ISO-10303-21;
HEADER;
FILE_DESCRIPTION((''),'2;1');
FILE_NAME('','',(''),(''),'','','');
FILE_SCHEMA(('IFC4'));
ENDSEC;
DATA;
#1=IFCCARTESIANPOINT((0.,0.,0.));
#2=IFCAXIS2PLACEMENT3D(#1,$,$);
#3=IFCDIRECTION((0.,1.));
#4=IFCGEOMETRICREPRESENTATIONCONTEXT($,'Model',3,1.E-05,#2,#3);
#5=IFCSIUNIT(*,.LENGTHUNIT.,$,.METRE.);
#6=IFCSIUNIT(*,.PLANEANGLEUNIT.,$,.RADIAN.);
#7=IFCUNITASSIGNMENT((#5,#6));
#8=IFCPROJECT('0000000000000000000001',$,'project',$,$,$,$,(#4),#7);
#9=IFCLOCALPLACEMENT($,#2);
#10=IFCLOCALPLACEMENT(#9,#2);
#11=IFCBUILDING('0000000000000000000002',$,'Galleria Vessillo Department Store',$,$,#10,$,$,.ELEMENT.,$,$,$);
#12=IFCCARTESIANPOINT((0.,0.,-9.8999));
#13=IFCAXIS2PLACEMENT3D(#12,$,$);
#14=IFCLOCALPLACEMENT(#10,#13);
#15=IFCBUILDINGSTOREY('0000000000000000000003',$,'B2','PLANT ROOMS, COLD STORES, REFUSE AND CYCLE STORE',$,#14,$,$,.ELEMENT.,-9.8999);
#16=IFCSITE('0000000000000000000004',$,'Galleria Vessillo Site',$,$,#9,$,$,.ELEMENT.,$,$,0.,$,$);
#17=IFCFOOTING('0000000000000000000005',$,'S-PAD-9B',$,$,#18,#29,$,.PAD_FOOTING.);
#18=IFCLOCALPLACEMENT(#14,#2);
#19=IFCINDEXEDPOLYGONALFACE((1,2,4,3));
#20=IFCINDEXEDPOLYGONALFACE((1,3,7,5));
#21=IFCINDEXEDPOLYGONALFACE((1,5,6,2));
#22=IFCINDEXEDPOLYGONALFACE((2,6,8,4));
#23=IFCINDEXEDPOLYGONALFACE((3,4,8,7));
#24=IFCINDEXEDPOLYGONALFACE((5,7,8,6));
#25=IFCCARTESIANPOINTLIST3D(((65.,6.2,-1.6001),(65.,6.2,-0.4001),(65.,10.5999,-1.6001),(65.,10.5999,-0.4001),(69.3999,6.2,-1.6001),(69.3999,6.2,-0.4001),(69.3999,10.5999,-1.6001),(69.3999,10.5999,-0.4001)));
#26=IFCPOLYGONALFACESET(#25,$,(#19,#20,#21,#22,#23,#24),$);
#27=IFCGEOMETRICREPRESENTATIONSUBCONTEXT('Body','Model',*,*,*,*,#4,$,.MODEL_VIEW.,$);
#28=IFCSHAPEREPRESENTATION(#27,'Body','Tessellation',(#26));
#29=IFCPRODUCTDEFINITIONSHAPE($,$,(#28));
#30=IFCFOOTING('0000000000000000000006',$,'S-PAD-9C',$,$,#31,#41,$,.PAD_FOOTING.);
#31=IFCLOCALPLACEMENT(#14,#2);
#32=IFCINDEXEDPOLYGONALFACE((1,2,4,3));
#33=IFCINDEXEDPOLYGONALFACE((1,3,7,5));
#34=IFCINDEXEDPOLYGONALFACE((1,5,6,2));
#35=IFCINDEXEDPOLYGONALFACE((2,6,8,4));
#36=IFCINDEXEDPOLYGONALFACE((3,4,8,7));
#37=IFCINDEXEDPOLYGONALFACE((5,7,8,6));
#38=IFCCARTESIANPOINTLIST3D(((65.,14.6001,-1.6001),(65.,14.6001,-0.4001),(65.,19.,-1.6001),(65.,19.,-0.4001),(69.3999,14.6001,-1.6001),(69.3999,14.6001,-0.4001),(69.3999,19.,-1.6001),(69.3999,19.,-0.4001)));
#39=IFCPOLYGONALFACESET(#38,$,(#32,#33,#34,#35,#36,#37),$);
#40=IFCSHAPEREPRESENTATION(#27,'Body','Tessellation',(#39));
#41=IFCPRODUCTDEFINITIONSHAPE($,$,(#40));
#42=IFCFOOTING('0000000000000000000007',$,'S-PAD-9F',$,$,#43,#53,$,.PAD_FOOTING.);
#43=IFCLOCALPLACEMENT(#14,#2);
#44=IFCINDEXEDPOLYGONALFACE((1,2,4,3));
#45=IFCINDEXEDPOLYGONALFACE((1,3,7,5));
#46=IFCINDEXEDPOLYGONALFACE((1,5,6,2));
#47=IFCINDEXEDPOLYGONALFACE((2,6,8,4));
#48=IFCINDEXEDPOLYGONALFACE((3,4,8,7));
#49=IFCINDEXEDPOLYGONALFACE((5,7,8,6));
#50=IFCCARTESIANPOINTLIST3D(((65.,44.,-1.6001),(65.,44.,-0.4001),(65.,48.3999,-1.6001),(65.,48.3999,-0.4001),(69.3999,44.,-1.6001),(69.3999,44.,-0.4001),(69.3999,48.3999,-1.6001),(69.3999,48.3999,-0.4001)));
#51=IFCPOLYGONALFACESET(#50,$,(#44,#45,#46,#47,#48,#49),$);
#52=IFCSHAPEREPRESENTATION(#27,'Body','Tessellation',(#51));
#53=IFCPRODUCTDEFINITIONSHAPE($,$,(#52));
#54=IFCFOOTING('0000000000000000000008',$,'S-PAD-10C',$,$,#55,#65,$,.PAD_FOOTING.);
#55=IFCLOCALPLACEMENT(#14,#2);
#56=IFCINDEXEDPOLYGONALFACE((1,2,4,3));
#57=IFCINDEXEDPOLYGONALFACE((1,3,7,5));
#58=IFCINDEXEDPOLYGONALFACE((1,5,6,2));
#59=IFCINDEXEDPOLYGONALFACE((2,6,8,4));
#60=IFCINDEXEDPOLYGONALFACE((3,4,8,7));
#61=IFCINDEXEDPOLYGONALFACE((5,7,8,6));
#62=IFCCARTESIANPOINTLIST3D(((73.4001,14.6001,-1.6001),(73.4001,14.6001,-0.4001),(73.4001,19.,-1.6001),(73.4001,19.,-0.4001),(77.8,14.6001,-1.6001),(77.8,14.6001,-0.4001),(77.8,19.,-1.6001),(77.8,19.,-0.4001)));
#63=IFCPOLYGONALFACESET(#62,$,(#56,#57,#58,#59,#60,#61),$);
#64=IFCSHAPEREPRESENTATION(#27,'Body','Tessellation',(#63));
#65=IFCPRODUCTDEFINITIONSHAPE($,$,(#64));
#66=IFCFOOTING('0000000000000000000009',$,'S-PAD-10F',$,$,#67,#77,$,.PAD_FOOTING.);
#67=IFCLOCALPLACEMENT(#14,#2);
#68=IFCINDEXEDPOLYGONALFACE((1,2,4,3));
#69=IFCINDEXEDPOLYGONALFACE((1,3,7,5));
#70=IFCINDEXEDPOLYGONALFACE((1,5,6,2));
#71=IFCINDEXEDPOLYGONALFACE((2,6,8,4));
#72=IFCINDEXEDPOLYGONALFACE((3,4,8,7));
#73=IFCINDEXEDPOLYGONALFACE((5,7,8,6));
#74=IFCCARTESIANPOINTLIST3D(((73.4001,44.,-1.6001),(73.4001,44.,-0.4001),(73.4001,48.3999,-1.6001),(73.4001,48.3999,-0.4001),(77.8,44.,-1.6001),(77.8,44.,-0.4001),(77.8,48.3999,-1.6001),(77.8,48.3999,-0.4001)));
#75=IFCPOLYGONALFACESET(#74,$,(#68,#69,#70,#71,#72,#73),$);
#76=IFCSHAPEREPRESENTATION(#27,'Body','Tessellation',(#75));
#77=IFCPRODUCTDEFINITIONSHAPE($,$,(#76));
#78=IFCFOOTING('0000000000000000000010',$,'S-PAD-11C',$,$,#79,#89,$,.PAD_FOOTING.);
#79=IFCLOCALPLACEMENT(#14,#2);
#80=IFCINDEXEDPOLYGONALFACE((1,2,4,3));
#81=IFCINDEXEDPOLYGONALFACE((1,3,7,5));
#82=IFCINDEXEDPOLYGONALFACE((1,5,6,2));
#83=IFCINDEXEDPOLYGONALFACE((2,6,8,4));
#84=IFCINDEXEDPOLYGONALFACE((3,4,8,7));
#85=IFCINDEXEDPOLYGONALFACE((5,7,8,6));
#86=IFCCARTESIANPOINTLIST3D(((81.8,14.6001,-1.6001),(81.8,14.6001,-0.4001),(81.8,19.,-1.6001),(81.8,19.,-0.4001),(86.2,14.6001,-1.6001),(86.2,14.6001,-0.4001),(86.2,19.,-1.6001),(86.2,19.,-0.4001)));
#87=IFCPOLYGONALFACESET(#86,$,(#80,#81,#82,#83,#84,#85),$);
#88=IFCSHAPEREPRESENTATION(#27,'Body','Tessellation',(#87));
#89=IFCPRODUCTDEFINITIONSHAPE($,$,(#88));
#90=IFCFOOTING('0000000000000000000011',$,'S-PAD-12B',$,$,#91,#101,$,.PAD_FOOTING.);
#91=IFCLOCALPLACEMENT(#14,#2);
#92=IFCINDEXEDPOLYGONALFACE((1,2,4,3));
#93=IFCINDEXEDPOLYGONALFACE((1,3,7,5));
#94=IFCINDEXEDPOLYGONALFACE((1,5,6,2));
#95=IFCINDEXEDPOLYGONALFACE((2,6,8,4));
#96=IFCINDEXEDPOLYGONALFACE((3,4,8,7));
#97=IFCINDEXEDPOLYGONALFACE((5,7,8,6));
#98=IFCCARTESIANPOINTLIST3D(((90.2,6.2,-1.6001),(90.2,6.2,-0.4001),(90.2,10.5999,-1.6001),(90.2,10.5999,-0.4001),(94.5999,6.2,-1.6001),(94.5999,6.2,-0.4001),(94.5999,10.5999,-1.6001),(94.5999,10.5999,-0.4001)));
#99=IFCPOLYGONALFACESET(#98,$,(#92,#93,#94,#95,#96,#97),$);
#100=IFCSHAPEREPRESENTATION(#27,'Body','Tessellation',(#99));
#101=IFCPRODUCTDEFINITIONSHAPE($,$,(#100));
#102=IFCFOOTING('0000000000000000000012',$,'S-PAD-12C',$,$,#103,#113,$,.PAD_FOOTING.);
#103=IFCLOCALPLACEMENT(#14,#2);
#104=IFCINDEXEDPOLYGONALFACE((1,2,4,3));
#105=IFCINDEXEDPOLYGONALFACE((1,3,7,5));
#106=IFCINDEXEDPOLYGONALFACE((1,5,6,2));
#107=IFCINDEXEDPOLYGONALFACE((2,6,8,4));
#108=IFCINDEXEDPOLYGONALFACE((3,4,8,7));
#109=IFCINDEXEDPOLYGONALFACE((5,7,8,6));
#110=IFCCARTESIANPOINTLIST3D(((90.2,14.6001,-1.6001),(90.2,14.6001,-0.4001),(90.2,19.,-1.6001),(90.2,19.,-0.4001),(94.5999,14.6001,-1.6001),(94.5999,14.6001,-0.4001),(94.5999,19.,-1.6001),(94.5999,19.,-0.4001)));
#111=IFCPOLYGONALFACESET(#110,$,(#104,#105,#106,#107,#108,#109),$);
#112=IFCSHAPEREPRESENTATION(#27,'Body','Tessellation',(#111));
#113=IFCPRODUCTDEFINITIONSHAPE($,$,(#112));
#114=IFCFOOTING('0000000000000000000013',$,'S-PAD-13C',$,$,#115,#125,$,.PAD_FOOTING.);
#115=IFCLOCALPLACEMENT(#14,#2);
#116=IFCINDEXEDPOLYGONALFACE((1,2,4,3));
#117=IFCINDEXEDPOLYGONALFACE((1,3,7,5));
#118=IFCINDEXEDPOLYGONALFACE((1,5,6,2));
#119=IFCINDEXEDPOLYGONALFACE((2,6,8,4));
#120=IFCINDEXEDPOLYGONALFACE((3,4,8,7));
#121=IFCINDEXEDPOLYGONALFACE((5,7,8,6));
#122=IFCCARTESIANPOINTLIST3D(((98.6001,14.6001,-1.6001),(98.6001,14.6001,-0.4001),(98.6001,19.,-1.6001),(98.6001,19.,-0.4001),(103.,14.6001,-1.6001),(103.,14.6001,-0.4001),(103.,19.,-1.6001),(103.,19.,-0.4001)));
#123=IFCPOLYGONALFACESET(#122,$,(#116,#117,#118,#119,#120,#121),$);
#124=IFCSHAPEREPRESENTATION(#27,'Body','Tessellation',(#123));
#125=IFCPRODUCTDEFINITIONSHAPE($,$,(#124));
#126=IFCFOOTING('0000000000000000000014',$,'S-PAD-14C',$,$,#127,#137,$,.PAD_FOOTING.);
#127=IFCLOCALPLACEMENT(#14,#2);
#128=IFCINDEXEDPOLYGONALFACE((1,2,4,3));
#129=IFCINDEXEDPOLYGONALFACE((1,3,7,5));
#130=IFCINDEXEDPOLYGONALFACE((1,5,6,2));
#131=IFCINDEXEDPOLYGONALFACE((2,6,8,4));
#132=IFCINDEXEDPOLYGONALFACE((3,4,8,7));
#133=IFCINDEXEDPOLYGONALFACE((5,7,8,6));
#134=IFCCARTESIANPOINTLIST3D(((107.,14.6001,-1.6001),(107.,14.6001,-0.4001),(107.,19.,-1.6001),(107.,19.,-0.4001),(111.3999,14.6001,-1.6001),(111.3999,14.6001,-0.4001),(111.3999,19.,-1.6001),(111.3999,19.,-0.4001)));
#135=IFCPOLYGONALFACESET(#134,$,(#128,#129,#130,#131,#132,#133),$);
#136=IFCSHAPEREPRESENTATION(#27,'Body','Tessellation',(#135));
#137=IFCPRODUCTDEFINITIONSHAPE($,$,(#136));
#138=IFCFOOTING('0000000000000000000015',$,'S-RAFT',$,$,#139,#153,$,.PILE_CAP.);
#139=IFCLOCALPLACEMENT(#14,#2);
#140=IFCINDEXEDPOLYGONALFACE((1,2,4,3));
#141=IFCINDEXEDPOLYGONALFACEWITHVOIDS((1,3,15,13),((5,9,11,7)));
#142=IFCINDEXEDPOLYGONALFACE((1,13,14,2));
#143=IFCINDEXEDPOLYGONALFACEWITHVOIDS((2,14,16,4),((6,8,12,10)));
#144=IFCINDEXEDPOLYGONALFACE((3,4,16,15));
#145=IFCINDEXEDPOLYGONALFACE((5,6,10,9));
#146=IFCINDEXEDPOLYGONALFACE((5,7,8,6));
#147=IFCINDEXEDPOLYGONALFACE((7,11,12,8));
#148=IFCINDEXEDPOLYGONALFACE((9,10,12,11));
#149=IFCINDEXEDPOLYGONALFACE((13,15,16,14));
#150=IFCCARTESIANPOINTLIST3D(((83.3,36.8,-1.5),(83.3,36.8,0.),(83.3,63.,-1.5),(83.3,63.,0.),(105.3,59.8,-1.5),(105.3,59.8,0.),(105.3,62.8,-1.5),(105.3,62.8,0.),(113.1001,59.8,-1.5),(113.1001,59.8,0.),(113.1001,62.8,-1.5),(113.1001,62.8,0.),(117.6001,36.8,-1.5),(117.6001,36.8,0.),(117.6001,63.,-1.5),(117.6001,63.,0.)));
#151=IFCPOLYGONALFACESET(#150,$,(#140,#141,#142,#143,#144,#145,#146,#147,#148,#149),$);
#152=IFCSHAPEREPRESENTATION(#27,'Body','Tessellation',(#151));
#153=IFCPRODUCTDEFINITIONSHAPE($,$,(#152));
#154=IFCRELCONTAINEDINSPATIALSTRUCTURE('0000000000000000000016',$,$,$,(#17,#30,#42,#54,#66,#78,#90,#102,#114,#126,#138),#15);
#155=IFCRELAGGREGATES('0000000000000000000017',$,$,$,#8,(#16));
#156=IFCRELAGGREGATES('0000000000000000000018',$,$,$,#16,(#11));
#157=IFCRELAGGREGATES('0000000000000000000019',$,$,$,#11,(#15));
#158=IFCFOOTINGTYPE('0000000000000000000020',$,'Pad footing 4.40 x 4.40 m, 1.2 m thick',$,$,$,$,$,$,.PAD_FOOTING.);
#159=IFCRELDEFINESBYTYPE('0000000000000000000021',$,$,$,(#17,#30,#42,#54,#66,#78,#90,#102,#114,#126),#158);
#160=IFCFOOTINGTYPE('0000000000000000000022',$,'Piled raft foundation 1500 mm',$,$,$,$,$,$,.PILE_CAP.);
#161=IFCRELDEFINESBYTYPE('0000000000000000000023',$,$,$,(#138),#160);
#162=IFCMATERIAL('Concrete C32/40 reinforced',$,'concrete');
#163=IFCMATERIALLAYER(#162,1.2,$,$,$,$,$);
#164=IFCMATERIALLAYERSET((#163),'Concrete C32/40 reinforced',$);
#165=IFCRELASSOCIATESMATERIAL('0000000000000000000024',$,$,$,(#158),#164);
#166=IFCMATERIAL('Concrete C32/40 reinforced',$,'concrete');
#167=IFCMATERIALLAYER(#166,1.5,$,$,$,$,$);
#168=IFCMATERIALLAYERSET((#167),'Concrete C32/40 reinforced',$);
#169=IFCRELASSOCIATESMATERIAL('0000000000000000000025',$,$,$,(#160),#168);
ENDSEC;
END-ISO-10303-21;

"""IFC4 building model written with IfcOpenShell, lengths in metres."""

from ifc_helpers import new_model, si_unit, direction, frame, origin, place, context, subcontext, project, spatial, polyline, outline, extrude, material, layer, layer_set, type_object, element, save


model = new_model("IFC4")

# Units and contexts
model_context = context("Model", 3, precision=1e-05, world=origin(), true_north=direction((0.0, 1.0)))
body_context = subcontext(model_context, "Body", "Model", "MODEL_VIEW")
ifc_project = project(units=[si_unit("LENGTHUNIT", "METRE"), si_unit("PLANEANGLEUNIT", "RADIAN")], contexts=[model_context])

# Site, building, storey
site_placement = place(None, origin())
site = spatial("IfcSite", under=ifc_project, at=site_placement, Name="Galleria Vessillo Site", CompositionType="ELEMENT", RefElevation=0.0)
building_placement = place(site_placement, origin())
building = spatial("IfcBuilding", under=site, at=building_placement, Name="Galleria Vessillo Department Store", CompositionType="ELEMENT")
storey_placement = place(building_placement, frame((0.0, 0.0, -9.8999)))
storey = spatial("IfcBuildingStorey", under=building, at=storey_placement, Name="B2", Description="PLANT ROOMS, COLD STORES, REFUSE AND CYCLE STORE", CompositionType="ELEMENT", Elevation=-9.8999)

# Footings
ifc_material_1 = material(Name="Concrete C32/40 reinforced", Category="concrete")
ifc_layer_1 = layer(ifc_material_1, 1.2)
ifc_layer_set_1 = layer_set([ifc_layer_1], Name="Concrete C32/40 reinforced")
footing_type_1 = type_object("IfcFootingType", Name="Pad footing 4.40 x 4.40 m, 1.2 m thick", PredefinedType="PAD_FOOTING", material=ifc_layer_set_1)
footing_1_placement = place(storey_placement, frame((0.0, 0.0, -1.6001)))
element("IfcFooting", 1, at=footing_1_placement, inside=storey, type_object=footing_type_1, Name="S-PAD-9B", PredefinedType="PAD_FOOTING", context=body_context, shape_type="SweptSolid", body=[
    extrude(outline(polyline([(65.0, 6.2), (69.3999, 6.2), (69.3999, 10.5999), (65.0, 10.5999), (65.0, 6.2)])), origin(), (0.0, 0.0, 1.0), 1.2),
])
footing_2_placement = place(storey_placement, frame((0.0, 0.0, -1.6001)))
element("IfcFooting", 2, at=footing_2_placement, inside=storey, type_object=footing_type_1, Name="S-PAD-9C", PredefinedType="PAD_FOOTING", context=body_context, shape_type="SweptSolid", body=[
    extrude(outline(polyline([(65.0, 14.6001), (69.3999, 14.6001), (69.3999, 19.0), (65.0, 19.0), (65.0, 14.6001)])), origin(), (0.0, 0.0, 1.0), 1.2),
])
footing_3_placement = place(storey_placement, frame((0.0, 0.0, -1.6001)))
element("IfcFooting", 3, at=footing_3_placement, inside=storey, type_object=footing_type_1, Name="S-PAD-9F", PredefinedType="PAD_FOOTING", context=body_context, shape_type="SweptSolid", body=[
    extrude(outline(polyline([(65.0, 44.0), (69.3999, 44.0), (69.3999, 48.3999), (65.0, 48.3999), (65.0, 44.0)])), origin(), (0.0, 0.0, 1.0), 1.2),
])
footing_4_placement = place(storey_placement, frame((0.0, 0.0, -1.6001)))
element("IfcFooting", 4, at=footing_4_placement, inside=storey, type_object=footing_type_1, Name="S-PAD-10C", PredefinedType="PAD_FOOTING", context=body_context, shape_type="SweptSolid", body=[
    extrude(outline(polyline([(73.4001, 14.6001), (77.8, 14.6001), (77.8, 19.0), (73.4001, 19.0), (73.4001, 14.6001)])), origin(), (0.0, 0.0, 1.0), 1.2),
])
footing_5_placement = place(storey_placement, frame((0.0, 0.0, -1.6001)))
element("IfcFooting", 5, at=footing_5_placement, inside=storey, type_object=footing_type_1, Name="S-PAD-10F", PredefinedType="PAD_FOOTING", context=body_context, shape_type="SweptSolid", body=[
    extrude(outline(polyline([(73.4001, 44.0), (77.8, 44.0), (77.8, 48.3999), (73.4001, 48.3999), (73.4001, 44.0)])), origin(), (0.0, 0.0, 1.0), 1.2),
])
footing_6_placement = place(storey_placement, frame((0.0, 0.0, -1.6001)))
element("IfcFooting", 6, at=footing_6_placement, inside=storey, type_object=footing_type_1, Name="S-PAD-11C", PredefinedType="PAD_FOOTING", context=body_context, shape_type="SweptSolid", body=[
    extrude(outline(polyline([(81.8, 14.6001), (86.2, 14.6001), (86.2, 19.0), (81.8, 19.0), (81.8, 14.6001)])), origin(), (0.0, 0.0, 1.0), 1.2),
])
footing_7_placement = place(storey_placement, frame((0.0, 0.0, -1.6001)))
element("IfcFooting", 7, at=footing_7_placement, inside=storey, type_object=footing_type_1, Name="S-PAD-12B", PredefinedType="PAD_FOOTING", context=body_context, shape_type="SweptSolid", body=[
    extrude(outline(polyline([(90.2, 6.2), (94.5999, 6.2), (94.5999, 10.5999), (90.2, 10.5999), (90.2, 6.2)])), origin(), (0.0, 0.0, 1.0), 1.2),
])
footing_8_placement = place(storey_placement, frame((0.0, 0.0, -1.6001)))
element("IfcFooting", 8, at=footing_8_placement, inside=storey, type_object=footing_type_1, Name="S-PAD-12C", PredefinedType="PAD_FOOTING", context=body_context, shape_type="SweptSolid", body=[
    extrude(outline(polyline([(90.2, 14.6001), (94.5999, 14.6001), (94.5999, 19.0), (90.2, 19.0), (90.2, 14.6001)])), origin(), (0.0, 0.0, 1.0), 1.2),
])
footing_9_placement = place(storey_placement, frame((0.0, 0.0, -1.6001)))
element("IfcFooting", 9, at=footing_9_placement, inside=storey, type_object=footing_type_1, Name="S-PAD-13C", PredefinedType="PAD_FOOTING", context=body_context, shape_type="SweptSolid", body=[
    extrude(outline(polyline([(98.6001, 14.6001), (103.0, 14.6001), (103.0, 19.0), (98.6001, 19.0), (98.6001, 14.6001)])), origin(), (0.0, 0.0, 1.0), 1.2),
])
footing_10_placement = place(storey_placement, frame((0.0, 0.0, -1.6001)))
element("IfcFooting", 10, at=footing_10_placement, inside=storey, type_object=footing_type_1, Name="S-PAD-14C", PredefinedType="PAD_FOOTING", context=body_context, shape_type="SweptSolid", body=[
    extrude(outline(polyline([(107.0, 14.6001), (111.3999, 14.6001), (111.3999, 19.0), (107.0, 19.0), (107.0, 14.6001)])), origin(), (0.0, 0.0, 1.0), 1.2),
])
ifc_material_2 = material(Name="Concrete C32/40 reinforced", Category="concrete")
ifc_layer_2 = layer(ifc_material_2, 1.5)
ifc_layer_set_2 = layer_set([ifc_layer_2], Name="Concrete C32/40 reinforced")
footing_type_2 = type_object("IfcFootingType", Name="Piled raft foundation 1500 mm", PredefinedType="PILE_CAP", material=ifc_layer_set_2)
footing_11_placement = place(storey_placement, frame((0.0, 0.0, -1.5)))
element("IfcFooting", 11, at=footing_11_placement, inside=storey, type_object=footing_type_2, Name="S-RAFT", PredefinedType="PILE_CAP", context=body_context, shape_type="SweptSolid", body=[
    extrude(outline(polyline([(83.3, 36.8), (117.6001, 36.8), (117.6001, 63.0), (83.3, 63.0), (83.3, 36.8)]), holes=[polyline([(105.3, 59.8), (113.1001, 59.8), (113.1001, 62.8), (105.3, 62.8), (105.3, 59.8)])]), origin(), (0.0, 0.0, 1.0), 1.5),
])

save(model, "model.ifc")
